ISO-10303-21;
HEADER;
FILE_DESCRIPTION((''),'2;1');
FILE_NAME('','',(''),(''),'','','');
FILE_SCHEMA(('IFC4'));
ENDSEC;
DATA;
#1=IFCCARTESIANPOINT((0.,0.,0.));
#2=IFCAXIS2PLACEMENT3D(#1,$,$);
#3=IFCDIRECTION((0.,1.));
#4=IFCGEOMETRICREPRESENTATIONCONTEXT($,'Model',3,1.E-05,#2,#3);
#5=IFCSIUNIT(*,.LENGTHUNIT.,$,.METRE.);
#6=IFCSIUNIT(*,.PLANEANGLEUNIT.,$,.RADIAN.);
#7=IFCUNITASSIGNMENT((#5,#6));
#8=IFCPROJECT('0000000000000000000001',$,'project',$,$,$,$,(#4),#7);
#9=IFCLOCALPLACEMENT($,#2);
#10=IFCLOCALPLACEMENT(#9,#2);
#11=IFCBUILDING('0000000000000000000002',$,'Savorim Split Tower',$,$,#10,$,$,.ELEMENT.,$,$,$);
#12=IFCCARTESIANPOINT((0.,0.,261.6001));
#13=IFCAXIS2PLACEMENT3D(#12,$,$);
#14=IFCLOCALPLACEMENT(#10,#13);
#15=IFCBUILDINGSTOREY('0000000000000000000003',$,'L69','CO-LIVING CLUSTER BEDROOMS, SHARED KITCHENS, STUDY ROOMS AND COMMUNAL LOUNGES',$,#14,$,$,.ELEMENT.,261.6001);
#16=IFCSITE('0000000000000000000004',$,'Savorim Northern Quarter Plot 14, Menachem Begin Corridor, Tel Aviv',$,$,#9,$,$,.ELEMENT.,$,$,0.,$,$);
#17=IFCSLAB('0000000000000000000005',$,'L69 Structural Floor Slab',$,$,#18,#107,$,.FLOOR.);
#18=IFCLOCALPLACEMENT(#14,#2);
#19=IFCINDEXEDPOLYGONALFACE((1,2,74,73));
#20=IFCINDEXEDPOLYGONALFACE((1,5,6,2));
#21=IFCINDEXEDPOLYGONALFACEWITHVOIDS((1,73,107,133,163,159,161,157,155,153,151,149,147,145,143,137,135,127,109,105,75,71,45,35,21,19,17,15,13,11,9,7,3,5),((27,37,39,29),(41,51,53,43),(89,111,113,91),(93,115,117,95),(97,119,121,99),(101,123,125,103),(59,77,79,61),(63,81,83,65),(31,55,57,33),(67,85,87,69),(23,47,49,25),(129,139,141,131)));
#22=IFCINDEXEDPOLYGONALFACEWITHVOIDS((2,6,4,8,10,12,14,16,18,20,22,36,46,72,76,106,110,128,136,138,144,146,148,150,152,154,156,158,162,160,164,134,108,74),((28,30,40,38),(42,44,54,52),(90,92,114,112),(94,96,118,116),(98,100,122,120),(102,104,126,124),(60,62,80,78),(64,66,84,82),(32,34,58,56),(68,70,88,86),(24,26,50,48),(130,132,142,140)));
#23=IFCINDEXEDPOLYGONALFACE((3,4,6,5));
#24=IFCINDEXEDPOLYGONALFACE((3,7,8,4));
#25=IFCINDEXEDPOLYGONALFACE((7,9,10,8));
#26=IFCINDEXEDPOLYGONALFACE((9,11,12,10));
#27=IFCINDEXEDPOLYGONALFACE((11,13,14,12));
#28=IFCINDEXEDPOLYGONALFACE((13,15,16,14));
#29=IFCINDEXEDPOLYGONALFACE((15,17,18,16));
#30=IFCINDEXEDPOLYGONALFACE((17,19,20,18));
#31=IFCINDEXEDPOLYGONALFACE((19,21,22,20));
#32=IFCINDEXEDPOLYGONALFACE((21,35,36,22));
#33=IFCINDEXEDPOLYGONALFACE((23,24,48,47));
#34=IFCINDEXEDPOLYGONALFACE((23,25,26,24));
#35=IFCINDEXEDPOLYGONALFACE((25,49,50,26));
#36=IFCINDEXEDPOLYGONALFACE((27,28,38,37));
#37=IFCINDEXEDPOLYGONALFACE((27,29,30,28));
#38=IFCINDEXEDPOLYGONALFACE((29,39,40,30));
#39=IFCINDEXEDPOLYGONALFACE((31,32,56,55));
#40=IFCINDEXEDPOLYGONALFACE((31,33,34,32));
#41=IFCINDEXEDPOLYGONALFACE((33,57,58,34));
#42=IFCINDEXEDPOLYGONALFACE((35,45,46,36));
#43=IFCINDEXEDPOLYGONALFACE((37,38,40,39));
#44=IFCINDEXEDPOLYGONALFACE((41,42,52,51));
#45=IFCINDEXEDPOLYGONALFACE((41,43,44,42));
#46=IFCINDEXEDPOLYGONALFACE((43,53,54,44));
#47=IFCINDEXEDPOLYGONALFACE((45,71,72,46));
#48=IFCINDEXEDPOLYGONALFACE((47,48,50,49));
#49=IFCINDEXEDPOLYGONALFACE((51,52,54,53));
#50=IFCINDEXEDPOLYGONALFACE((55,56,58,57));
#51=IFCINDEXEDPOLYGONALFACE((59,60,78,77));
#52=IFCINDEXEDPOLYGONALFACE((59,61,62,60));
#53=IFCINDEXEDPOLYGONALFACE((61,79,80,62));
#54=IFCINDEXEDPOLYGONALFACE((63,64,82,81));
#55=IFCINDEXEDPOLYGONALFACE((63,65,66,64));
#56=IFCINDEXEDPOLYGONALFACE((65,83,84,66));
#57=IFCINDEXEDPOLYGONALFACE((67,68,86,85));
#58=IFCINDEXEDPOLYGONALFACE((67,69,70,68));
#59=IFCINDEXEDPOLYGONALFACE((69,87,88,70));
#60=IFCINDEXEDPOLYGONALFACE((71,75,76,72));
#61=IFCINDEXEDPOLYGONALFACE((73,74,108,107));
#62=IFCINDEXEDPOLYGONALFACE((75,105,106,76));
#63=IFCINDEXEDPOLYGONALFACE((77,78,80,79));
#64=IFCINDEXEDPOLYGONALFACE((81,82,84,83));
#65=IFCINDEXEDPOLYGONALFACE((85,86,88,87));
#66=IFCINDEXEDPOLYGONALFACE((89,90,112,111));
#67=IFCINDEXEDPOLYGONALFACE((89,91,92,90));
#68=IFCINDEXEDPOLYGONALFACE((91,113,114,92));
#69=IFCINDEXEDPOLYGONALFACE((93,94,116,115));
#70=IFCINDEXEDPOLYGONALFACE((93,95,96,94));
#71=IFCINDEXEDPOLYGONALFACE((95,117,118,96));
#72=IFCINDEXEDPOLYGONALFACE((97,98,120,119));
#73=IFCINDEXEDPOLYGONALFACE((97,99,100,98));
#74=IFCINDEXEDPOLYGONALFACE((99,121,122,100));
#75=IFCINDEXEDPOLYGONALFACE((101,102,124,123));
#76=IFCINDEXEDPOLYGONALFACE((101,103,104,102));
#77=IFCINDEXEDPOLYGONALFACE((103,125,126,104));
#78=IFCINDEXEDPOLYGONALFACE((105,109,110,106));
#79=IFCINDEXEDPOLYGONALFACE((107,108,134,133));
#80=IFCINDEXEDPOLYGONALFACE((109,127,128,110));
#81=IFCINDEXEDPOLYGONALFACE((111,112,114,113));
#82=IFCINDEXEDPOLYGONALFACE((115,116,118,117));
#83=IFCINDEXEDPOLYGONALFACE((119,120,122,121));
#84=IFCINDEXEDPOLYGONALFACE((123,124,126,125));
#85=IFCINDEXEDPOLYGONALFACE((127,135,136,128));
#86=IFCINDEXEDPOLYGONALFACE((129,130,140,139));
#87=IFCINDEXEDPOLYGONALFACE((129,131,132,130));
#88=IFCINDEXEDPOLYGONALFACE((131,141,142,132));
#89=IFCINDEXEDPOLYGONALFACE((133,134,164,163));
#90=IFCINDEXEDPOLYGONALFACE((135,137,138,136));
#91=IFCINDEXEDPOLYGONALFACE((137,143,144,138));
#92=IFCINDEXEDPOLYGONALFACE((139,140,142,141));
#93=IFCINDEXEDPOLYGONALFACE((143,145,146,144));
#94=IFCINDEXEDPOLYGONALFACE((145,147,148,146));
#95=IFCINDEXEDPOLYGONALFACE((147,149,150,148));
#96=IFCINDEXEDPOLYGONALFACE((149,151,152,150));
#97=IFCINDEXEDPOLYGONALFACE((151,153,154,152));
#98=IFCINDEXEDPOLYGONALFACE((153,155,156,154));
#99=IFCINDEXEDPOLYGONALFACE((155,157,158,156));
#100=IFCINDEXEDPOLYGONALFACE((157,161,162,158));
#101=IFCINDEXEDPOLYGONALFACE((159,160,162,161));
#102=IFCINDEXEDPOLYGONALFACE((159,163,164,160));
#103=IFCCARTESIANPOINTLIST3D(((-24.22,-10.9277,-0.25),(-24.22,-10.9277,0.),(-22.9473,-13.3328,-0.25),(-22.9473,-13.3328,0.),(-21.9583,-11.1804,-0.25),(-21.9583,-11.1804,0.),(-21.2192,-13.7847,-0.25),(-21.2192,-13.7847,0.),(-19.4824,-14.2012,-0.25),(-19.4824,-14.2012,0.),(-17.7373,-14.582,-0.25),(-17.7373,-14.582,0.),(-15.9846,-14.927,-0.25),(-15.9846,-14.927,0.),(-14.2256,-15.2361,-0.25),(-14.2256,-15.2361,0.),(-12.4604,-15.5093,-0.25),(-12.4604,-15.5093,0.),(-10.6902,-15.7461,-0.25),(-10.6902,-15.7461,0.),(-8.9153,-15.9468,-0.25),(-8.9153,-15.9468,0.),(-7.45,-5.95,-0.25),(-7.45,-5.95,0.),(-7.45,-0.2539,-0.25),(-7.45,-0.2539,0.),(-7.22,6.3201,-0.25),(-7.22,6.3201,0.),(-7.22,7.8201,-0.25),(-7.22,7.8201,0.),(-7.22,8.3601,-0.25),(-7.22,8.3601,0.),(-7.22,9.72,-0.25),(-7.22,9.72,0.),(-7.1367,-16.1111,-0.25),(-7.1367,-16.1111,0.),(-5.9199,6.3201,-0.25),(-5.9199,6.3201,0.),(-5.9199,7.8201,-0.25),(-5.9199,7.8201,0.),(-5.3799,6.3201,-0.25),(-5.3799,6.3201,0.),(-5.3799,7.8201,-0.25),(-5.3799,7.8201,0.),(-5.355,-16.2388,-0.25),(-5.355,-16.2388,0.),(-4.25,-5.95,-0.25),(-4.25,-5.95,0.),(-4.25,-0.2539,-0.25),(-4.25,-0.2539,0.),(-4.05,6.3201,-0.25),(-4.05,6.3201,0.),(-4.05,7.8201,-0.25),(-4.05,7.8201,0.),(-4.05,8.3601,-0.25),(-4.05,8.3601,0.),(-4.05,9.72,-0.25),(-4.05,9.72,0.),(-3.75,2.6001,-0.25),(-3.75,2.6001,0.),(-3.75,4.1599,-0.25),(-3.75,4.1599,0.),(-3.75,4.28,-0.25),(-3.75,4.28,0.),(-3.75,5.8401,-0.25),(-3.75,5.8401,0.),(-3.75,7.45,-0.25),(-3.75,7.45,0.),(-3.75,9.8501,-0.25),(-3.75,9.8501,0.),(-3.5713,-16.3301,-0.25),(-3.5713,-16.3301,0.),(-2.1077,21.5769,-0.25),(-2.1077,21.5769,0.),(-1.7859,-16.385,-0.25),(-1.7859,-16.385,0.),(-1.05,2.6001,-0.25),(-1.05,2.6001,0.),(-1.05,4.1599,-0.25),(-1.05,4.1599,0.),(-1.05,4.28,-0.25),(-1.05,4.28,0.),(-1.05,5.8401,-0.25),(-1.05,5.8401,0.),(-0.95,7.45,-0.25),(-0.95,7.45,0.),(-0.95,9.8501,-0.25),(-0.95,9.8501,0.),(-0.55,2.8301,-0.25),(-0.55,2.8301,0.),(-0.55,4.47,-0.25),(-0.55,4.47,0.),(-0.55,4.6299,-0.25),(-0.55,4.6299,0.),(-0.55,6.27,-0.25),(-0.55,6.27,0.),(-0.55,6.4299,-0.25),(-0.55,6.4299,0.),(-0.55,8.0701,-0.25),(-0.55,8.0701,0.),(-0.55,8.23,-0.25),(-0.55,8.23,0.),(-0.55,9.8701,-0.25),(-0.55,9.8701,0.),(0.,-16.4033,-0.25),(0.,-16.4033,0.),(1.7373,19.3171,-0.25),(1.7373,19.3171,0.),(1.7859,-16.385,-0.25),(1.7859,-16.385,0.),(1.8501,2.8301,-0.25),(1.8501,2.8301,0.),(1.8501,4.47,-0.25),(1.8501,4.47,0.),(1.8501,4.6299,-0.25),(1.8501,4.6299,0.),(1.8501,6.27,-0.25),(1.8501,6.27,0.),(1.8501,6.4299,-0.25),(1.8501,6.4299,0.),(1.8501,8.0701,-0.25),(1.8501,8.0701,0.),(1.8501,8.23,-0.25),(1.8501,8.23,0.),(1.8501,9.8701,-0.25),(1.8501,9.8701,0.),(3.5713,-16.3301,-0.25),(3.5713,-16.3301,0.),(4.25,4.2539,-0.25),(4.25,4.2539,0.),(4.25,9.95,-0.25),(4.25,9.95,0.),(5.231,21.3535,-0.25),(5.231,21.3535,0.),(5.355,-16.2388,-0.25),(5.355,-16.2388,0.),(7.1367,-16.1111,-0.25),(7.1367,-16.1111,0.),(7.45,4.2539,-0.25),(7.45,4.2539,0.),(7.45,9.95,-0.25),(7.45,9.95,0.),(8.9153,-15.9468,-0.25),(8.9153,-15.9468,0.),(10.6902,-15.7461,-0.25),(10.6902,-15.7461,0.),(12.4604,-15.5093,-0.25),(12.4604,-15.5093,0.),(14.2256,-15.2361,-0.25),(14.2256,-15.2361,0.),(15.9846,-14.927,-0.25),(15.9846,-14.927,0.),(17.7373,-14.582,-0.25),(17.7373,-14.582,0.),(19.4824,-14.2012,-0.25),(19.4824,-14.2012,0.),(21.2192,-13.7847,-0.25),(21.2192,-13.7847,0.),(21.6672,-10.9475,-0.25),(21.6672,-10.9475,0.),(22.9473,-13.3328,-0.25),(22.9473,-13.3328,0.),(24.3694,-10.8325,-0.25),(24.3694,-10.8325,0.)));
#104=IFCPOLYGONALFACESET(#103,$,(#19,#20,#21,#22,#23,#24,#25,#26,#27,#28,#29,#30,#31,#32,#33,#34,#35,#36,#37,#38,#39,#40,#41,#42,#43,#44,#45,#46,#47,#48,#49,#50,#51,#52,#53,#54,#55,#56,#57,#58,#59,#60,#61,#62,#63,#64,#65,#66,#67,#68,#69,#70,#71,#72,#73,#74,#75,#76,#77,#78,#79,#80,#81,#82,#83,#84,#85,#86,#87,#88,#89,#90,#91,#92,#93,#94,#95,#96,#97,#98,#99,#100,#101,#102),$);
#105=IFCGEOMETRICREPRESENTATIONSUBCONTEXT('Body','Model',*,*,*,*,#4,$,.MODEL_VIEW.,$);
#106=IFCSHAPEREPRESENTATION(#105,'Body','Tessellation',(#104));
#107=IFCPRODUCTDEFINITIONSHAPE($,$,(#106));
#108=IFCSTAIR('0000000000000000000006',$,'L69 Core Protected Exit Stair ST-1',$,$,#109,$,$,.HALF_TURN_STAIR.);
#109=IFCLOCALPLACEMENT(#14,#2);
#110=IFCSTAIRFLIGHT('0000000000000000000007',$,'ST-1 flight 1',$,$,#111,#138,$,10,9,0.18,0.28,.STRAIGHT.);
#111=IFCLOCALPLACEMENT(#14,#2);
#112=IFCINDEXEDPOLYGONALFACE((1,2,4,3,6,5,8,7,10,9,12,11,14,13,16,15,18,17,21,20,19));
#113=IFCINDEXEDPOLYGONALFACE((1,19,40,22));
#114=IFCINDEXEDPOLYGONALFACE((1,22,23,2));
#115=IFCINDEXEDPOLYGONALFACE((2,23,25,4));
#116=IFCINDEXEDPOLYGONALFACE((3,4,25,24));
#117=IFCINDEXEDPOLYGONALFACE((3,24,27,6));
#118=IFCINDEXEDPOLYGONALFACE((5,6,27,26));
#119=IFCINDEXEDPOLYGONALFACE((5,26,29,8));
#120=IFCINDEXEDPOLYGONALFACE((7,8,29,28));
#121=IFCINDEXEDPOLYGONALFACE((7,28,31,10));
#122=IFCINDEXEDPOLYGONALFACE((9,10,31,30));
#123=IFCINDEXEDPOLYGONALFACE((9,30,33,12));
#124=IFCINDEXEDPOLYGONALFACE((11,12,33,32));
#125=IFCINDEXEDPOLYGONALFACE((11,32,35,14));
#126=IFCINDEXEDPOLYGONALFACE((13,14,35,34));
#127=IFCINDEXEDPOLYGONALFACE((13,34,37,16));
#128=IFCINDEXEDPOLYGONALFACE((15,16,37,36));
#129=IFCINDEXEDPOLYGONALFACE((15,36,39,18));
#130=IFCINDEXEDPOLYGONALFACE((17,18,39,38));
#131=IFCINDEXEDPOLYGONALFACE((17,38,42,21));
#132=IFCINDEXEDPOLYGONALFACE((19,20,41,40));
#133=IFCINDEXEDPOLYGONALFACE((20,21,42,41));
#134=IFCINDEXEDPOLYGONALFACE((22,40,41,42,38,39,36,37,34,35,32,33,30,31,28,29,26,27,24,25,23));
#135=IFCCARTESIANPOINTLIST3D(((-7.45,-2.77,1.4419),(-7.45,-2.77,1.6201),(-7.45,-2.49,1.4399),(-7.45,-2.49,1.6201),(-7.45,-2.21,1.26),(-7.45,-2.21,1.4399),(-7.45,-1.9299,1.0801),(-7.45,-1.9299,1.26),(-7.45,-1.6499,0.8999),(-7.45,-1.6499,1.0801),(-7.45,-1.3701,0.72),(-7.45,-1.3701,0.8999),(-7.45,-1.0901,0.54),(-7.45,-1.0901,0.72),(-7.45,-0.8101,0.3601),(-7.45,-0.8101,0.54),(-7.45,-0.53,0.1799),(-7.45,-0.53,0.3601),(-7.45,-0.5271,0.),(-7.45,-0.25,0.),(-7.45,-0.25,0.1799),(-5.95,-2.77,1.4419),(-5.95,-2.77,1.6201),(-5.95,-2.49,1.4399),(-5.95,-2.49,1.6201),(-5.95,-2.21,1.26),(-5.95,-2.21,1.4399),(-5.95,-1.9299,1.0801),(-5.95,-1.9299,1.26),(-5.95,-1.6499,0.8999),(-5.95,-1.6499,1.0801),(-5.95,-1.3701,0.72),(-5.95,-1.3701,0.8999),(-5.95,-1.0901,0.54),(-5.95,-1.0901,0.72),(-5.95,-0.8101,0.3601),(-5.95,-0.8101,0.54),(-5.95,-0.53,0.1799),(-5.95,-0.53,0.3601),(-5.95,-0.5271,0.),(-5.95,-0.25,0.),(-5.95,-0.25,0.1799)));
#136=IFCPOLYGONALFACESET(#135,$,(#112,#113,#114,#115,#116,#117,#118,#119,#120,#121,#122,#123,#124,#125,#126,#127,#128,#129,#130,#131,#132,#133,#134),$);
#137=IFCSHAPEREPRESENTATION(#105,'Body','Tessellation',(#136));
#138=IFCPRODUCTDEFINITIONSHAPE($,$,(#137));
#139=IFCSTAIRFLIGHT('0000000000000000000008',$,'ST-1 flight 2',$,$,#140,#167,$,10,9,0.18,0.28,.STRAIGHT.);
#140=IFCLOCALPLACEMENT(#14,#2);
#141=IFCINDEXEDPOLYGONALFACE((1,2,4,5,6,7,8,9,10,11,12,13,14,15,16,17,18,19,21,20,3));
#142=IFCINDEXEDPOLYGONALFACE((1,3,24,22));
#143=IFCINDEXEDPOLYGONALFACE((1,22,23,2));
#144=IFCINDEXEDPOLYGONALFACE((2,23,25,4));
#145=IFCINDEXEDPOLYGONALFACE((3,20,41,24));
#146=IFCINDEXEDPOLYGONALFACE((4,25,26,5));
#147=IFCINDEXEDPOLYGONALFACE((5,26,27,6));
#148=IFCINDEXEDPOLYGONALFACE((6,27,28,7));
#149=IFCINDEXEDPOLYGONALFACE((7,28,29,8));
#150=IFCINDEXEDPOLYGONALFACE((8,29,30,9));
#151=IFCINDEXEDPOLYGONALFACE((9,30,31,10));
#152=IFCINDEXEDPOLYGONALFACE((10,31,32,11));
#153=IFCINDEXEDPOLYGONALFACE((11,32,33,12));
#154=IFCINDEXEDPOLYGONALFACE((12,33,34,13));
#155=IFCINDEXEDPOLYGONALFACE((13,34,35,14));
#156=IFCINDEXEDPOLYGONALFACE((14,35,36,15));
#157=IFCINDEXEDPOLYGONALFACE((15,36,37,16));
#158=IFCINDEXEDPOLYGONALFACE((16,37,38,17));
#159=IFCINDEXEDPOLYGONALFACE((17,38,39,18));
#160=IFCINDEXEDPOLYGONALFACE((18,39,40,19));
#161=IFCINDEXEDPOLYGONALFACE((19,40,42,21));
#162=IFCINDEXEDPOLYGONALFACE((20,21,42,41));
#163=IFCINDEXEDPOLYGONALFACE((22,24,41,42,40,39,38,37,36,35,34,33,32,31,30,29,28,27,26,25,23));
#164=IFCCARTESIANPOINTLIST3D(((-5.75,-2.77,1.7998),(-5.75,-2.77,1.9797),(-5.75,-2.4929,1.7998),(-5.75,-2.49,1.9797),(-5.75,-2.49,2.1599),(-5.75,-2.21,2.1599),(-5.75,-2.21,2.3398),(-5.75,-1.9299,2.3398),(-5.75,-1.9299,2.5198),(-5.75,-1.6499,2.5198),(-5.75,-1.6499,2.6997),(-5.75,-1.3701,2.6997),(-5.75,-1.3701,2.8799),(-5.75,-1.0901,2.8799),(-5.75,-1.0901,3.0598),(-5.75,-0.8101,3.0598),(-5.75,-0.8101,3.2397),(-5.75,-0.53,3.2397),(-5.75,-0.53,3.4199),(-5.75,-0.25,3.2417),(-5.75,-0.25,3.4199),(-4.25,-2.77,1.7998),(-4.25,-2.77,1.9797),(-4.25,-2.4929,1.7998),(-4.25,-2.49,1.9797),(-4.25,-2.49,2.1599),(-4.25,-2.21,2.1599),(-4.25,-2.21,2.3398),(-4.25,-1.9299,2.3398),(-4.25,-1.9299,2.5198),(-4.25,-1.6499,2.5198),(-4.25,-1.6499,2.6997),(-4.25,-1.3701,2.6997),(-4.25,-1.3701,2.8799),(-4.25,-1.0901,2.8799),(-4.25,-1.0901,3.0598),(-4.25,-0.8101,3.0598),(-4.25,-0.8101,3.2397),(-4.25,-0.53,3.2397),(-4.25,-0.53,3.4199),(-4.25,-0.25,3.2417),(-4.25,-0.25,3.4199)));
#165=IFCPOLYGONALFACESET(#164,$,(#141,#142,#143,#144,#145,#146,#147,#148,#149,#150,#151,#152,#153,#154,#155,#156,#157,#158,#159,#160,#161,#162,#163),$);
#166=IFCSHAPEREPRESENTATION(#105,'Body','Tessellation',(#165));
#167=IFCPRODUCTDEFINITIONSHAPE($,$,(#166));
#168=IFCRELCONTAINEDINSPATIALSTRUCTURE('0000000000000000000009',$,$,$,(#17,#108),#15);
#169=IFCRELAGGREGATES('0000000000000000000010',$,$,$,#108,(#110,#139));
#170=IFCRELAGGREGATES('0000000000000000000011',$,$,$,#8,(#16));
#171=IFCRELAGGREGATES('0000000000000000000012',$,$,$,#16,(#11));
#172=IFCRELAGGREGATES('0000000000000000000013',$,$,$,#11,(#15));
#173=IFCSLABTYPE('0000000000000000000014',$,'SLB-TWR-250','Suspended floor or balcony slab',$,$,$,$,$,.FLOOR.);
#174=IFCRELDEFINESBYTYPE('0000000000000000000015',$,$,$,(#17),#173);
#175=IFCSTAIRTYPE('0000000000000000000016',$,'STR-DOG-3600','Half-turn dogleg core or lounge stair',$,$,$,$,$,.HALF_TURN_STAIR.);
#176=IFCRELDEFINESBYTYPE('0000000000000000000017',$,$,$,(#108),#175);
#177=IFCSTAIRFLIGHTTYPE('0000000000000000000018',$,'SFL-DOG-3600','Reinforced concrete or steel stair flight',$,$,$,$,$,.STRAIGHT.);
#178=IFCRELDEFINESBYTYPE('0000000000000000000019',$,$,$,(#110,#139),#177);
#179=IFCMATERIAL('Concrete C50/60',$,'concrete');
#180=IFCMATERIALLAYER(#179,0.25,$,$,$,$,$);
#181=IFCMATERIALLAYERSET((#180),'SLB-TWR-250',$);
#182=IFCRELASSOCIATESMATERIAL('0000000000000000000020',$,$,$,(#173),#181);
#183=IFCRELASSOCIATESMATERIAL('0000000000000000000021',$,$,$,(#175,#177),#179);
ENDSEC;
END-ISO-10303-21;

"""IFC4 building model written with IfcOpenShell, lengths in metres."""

from ifc_helpers import new_model, si_unit, direction, frame, origin, place, context, subcontext, project, spatial, polyline, outline, extrude, material, layer, layer_set, type_object, element, aggregate, save


model = new_model("IFC4")

# Units and contexts
model_context = context("Model", 3, precision=1e-05, world=origin(), true_north=direction((0.0, 1.0)))
body_context = subcontext(model_context, "Body", "Model", "MODEL_VIEW")
ifc_project = project(units=[si_unit("LENGTHUNIT", "METRE"), si_unit("PLANEANGLEUNIT", "RADIAN")], contexts=[model_context])

# Site, building, storey
site_placement = place(None, origin())
site = spatial("IfcSite", under=ifc_project, at=site_placement, Name="Savorim Northern Quarter Plot 14, Menachem Begin Corridor, Tel Aviv", CompositionType="ELEMENT", RefElevation=0.0)
building_placement = place(site_placement, origin())
building = spatial("IfcBuilding", under=site, at=building_placement, Name="Savorim Split Tower", CompositionType="ELEMENT")
storey_placement = place(building_placement, frame((0.0, 0.0, 261.6001)))
storey = spatial("IfcBuildingStorey", under=building, at=storey_placement, Name="L69", Description="CO-LIVING CLUSTER BEDROOMS, SHARED KITCHENS, STUDY ROOMS AND COMMUNAL LOUNGES", CompositionType="ELEMENT", Elevation=261.6001)

# Slab
ifc_material_1 = material(Name="Concrete C50/60", Category="concrete")
ifc_layer_1 = layer(ifc_material_1, 0.25)
ifc_layer_set_1 = layer_set([ifc_layer_1], Name="SLB-TWR-250")
slab_type_1 = type_object("IfcSlabType", Name="SLB-TWR-250", Description="Suspended floor or balcony slab", PredefinedType="FLOOR", material=ifc_layer_set_1)
slab_1_placement = place(storey_placement, frame((0.0, 0.0, -0.25)))
element("IfcSlab", 1, at=slab_1_placement, inside=storey, type_object=slab_type_1, Name="L69 Structural Floor Slab", PredefinedType="FLOOR", context=body_context, shape_type="SweptSolid", body=[
    extrude(outline(polyline([(-22.9473, -13.3328), (-21.2192, -13.7847), (-19.4824, -14.2012), (-17.7373, -14.582), (-15.9846, -14.927), (-14.2256, -15.2361), (-12.4604, -15.5093), (-10.6902, -15.7461), (-8.9153, -15.9468), (-7.1367, -16.1111), (-5.355, -16.2388), (-3.5713, -16.3301), (-1.7859, -16.385), (0.0, -16.4033), (1.7859, -16.385), (3.5713, -16.3301), (5.355, -16.2388), (7.1367, -16.1111), (8.9153, -15.9468), (10.6902, -15.7461), (12.4604, -15.5093), (14.2256, -15.2361), (15.9846, -14.927), (17.7373, -14.582), (19.4824, -14.2012), (21.2192, -13.7847), (22.9473, -13.3328), (21.6672, -10.9475), (24.3694, -10.8325), (5.231, 21.3535), (1.7373, 19.3171), (-2.1077, 21.5769), (-24.22, -10.9277), (-21.9583, -11.1804), (-22.9473, -13.3328)]), holes=[polyline([(-7.45, -0.2539), (-7.45, -5.95), (-4.25, -5.95), (-4.25, -0.2539), (-7.45, -0.2539)]), polyline([(7.45, 4.2539), (7.45, 9.95), (4.25, 9.95), (4.25, 4.2539), (7.45, 4.2539)]), polyline([(-0.55, 2.8301), (1.8501, 2.8301), (1.8501, 4.47), (-0.55, 4.47), (-0.55, 2.8301)]), polyline([(-0.55, 4.6299), (1.8501, 4.6299), (1.8501, 6.27), (-0.55, 6.27), (-0.55, 4.6299)]), polyline([(-0.55, 6.4299), (1.8501, 6.4299), (1.8501, 8.0701), (-0.55, 8.0701), (-0.55, 6.4299)]), polyline([(-0.55, 8.23), (1.8501, 8.23), (1.8501, 9.8701), (-0.55, 9.8701), (-0.55, 8.23)]), polyline([(-3.75, 2.6001), (-1.05, 2.6001), (-1.05, 4.1599), (-3.75, 4.1599), (-3.75, 2.6001)]), polyline([(-3.75, 4.28), (-1.05, 4.28), (-1.05, 5.8401), (-3.75, 5.8401), (-3.75, 4.28)]), polyline([(-3.75, 7.45), (-0.95, 7.45), (-0.95, 9.8501), (-3.75, 9.8501), (-3.75, 7.45)]), polyline([(-7.22, 6.3201), (-5.9199, 6.3201), (-5.9199, 7.8201), (-7.22, 7.8201), (-7.22, 6.3201)]), polyline([(-5.3799, 6.3201), (-4.05, 6.3201), (-4.05, 7.8201), (-5.3799, 7.8201), (-5.3799, 6.3201)]), polyline([(-7.22, 8.3601), (-4.05, 8.3601), (-4.05, 9.72), (-7.22, 9.72), (-7.22, 8.3601)])]), origin(), (0.0, 0.0, 1.0), 0.25),
])

# Stair, stair flights
stair_type = type_object("IfcStairType", Name="STR-DOG-3600", Description="Half-turn dogleg core or lounge stair", PredefinedType="HALF_TURN_STAIR", material=ifc_material_1)
stair_placement = place(storey_placement, origin())
stair = element("IfcStair", 2, at=stair_placement, inside=storey, type_object=stair_type, Name="L69 Core Protected Exit Stair ST-1", PredefinedType="HALF_TURN_STAIR")
stair_flight_type = type_object("IfcStairFlightType", Name="SFL-DOG-3600", Description="Reinforced concrete or steel stair flight", PredefinedType="STRAIGHT", material=ifc_material_1)
stair_flight_1_placement = place(storey_placement, frame((-6.7, -0.25, 0.0), z_axis=(0.0, 0.0, 1.0), x_axis=(0.0, -1.0, 0.0)))
stair_flight_1 = element("IfcStairFlight", 3, at=stair_flight_1_placement, type_object=stair_flight_type, Name="ST-1 flight 1", NumberOfRisers=10, NumberOfTreads=9, PredefinedType="STRAIGHT", RiserHeight=0.18, TreadLength=0.28, context=body_context, shape_type="SweptSolid", body=[
    extrude(outline(polyline([(0.0, 0.0), (0.0, 0.1799), (0.28, 0.1799), (0.28, 0.3601), (0.5601, 0.3601), (0.5601, 0.54), (0.8401, 0.54), (0.8401, 0.72), (1.1201, 0.72), (1.1201, 0.8999), (1.3999, 0.8999), (1.3999, 1.0801), (1.6799, 1.0801), (1.6799, 1.26), (1.96, 1.26), (1.96, 1.4399), (2.24, 1.4399), (2.24, 1.6201), (2.52, 1.6201), (2.52, 1.8), (2.52, 1.4419), (0.2771, 0.0), (0.0, 0.0)])), frame((0.0, 0.75, 0.0), z_axis=(0.0, -1.0, 0.0), x_axis=(1.0, 0.0, 0.0)), (0.0, 0.0, 1.0), 1.5),
])
stair_flight_2_placement = place(storey_placement, frame((-5.0, -2.77, 1.7998), z_axis=(0.0, 0.0, 1.0), x_axis=(0.0, 1.0, 0.0)))
stair_flight_2 = element("IfcStairFlight", 4, at=stair_flight_2_placement, type_object=stair_flight_type, Name="ST-1 flight 2", NumberOfRisers=10, NumberOfTreads=9, PredefinedType="STRAIGHT", RiserHeight=0.18, TreadLength=0.28, context=body_context, shape_type="SweptSolid", body=[
    extrude(outline(polyline([(0.0, 0.0), (0.0, 0.1799), (0.28, 0.1799), (0.28, 0.3601), (0.5601, 0.3601), (0.5601, 0.54), (0.8401, 0.54), (0.8401, 0.72), (1.1201, 0.72), (1.1201, 0.8999), (1.3999, 0.8999), (1.3999, 1.0801), (1.6799, 1.0801), (1.6799, 1.26), (1.96, 1.26), (1.96, 1.4399), (2.24, 1.4399), (2.24, 1.6201), (2.52, 1.6201), (2.52, 1.8), (2.52, 1.4419), (0.2771, 0.0), (0.0, 0.0)])), frame((0.0, 0.75, 0.0), z_axis=(0.0, -1.0, 0.0), x_axis=(1.0, 0.0, 0.0)), (0.0, 0.0, 1.0), 1.5),
])
aggregate(stair, [stair_flight_1, stair_flight_2])

save(model, "model.ifc")
